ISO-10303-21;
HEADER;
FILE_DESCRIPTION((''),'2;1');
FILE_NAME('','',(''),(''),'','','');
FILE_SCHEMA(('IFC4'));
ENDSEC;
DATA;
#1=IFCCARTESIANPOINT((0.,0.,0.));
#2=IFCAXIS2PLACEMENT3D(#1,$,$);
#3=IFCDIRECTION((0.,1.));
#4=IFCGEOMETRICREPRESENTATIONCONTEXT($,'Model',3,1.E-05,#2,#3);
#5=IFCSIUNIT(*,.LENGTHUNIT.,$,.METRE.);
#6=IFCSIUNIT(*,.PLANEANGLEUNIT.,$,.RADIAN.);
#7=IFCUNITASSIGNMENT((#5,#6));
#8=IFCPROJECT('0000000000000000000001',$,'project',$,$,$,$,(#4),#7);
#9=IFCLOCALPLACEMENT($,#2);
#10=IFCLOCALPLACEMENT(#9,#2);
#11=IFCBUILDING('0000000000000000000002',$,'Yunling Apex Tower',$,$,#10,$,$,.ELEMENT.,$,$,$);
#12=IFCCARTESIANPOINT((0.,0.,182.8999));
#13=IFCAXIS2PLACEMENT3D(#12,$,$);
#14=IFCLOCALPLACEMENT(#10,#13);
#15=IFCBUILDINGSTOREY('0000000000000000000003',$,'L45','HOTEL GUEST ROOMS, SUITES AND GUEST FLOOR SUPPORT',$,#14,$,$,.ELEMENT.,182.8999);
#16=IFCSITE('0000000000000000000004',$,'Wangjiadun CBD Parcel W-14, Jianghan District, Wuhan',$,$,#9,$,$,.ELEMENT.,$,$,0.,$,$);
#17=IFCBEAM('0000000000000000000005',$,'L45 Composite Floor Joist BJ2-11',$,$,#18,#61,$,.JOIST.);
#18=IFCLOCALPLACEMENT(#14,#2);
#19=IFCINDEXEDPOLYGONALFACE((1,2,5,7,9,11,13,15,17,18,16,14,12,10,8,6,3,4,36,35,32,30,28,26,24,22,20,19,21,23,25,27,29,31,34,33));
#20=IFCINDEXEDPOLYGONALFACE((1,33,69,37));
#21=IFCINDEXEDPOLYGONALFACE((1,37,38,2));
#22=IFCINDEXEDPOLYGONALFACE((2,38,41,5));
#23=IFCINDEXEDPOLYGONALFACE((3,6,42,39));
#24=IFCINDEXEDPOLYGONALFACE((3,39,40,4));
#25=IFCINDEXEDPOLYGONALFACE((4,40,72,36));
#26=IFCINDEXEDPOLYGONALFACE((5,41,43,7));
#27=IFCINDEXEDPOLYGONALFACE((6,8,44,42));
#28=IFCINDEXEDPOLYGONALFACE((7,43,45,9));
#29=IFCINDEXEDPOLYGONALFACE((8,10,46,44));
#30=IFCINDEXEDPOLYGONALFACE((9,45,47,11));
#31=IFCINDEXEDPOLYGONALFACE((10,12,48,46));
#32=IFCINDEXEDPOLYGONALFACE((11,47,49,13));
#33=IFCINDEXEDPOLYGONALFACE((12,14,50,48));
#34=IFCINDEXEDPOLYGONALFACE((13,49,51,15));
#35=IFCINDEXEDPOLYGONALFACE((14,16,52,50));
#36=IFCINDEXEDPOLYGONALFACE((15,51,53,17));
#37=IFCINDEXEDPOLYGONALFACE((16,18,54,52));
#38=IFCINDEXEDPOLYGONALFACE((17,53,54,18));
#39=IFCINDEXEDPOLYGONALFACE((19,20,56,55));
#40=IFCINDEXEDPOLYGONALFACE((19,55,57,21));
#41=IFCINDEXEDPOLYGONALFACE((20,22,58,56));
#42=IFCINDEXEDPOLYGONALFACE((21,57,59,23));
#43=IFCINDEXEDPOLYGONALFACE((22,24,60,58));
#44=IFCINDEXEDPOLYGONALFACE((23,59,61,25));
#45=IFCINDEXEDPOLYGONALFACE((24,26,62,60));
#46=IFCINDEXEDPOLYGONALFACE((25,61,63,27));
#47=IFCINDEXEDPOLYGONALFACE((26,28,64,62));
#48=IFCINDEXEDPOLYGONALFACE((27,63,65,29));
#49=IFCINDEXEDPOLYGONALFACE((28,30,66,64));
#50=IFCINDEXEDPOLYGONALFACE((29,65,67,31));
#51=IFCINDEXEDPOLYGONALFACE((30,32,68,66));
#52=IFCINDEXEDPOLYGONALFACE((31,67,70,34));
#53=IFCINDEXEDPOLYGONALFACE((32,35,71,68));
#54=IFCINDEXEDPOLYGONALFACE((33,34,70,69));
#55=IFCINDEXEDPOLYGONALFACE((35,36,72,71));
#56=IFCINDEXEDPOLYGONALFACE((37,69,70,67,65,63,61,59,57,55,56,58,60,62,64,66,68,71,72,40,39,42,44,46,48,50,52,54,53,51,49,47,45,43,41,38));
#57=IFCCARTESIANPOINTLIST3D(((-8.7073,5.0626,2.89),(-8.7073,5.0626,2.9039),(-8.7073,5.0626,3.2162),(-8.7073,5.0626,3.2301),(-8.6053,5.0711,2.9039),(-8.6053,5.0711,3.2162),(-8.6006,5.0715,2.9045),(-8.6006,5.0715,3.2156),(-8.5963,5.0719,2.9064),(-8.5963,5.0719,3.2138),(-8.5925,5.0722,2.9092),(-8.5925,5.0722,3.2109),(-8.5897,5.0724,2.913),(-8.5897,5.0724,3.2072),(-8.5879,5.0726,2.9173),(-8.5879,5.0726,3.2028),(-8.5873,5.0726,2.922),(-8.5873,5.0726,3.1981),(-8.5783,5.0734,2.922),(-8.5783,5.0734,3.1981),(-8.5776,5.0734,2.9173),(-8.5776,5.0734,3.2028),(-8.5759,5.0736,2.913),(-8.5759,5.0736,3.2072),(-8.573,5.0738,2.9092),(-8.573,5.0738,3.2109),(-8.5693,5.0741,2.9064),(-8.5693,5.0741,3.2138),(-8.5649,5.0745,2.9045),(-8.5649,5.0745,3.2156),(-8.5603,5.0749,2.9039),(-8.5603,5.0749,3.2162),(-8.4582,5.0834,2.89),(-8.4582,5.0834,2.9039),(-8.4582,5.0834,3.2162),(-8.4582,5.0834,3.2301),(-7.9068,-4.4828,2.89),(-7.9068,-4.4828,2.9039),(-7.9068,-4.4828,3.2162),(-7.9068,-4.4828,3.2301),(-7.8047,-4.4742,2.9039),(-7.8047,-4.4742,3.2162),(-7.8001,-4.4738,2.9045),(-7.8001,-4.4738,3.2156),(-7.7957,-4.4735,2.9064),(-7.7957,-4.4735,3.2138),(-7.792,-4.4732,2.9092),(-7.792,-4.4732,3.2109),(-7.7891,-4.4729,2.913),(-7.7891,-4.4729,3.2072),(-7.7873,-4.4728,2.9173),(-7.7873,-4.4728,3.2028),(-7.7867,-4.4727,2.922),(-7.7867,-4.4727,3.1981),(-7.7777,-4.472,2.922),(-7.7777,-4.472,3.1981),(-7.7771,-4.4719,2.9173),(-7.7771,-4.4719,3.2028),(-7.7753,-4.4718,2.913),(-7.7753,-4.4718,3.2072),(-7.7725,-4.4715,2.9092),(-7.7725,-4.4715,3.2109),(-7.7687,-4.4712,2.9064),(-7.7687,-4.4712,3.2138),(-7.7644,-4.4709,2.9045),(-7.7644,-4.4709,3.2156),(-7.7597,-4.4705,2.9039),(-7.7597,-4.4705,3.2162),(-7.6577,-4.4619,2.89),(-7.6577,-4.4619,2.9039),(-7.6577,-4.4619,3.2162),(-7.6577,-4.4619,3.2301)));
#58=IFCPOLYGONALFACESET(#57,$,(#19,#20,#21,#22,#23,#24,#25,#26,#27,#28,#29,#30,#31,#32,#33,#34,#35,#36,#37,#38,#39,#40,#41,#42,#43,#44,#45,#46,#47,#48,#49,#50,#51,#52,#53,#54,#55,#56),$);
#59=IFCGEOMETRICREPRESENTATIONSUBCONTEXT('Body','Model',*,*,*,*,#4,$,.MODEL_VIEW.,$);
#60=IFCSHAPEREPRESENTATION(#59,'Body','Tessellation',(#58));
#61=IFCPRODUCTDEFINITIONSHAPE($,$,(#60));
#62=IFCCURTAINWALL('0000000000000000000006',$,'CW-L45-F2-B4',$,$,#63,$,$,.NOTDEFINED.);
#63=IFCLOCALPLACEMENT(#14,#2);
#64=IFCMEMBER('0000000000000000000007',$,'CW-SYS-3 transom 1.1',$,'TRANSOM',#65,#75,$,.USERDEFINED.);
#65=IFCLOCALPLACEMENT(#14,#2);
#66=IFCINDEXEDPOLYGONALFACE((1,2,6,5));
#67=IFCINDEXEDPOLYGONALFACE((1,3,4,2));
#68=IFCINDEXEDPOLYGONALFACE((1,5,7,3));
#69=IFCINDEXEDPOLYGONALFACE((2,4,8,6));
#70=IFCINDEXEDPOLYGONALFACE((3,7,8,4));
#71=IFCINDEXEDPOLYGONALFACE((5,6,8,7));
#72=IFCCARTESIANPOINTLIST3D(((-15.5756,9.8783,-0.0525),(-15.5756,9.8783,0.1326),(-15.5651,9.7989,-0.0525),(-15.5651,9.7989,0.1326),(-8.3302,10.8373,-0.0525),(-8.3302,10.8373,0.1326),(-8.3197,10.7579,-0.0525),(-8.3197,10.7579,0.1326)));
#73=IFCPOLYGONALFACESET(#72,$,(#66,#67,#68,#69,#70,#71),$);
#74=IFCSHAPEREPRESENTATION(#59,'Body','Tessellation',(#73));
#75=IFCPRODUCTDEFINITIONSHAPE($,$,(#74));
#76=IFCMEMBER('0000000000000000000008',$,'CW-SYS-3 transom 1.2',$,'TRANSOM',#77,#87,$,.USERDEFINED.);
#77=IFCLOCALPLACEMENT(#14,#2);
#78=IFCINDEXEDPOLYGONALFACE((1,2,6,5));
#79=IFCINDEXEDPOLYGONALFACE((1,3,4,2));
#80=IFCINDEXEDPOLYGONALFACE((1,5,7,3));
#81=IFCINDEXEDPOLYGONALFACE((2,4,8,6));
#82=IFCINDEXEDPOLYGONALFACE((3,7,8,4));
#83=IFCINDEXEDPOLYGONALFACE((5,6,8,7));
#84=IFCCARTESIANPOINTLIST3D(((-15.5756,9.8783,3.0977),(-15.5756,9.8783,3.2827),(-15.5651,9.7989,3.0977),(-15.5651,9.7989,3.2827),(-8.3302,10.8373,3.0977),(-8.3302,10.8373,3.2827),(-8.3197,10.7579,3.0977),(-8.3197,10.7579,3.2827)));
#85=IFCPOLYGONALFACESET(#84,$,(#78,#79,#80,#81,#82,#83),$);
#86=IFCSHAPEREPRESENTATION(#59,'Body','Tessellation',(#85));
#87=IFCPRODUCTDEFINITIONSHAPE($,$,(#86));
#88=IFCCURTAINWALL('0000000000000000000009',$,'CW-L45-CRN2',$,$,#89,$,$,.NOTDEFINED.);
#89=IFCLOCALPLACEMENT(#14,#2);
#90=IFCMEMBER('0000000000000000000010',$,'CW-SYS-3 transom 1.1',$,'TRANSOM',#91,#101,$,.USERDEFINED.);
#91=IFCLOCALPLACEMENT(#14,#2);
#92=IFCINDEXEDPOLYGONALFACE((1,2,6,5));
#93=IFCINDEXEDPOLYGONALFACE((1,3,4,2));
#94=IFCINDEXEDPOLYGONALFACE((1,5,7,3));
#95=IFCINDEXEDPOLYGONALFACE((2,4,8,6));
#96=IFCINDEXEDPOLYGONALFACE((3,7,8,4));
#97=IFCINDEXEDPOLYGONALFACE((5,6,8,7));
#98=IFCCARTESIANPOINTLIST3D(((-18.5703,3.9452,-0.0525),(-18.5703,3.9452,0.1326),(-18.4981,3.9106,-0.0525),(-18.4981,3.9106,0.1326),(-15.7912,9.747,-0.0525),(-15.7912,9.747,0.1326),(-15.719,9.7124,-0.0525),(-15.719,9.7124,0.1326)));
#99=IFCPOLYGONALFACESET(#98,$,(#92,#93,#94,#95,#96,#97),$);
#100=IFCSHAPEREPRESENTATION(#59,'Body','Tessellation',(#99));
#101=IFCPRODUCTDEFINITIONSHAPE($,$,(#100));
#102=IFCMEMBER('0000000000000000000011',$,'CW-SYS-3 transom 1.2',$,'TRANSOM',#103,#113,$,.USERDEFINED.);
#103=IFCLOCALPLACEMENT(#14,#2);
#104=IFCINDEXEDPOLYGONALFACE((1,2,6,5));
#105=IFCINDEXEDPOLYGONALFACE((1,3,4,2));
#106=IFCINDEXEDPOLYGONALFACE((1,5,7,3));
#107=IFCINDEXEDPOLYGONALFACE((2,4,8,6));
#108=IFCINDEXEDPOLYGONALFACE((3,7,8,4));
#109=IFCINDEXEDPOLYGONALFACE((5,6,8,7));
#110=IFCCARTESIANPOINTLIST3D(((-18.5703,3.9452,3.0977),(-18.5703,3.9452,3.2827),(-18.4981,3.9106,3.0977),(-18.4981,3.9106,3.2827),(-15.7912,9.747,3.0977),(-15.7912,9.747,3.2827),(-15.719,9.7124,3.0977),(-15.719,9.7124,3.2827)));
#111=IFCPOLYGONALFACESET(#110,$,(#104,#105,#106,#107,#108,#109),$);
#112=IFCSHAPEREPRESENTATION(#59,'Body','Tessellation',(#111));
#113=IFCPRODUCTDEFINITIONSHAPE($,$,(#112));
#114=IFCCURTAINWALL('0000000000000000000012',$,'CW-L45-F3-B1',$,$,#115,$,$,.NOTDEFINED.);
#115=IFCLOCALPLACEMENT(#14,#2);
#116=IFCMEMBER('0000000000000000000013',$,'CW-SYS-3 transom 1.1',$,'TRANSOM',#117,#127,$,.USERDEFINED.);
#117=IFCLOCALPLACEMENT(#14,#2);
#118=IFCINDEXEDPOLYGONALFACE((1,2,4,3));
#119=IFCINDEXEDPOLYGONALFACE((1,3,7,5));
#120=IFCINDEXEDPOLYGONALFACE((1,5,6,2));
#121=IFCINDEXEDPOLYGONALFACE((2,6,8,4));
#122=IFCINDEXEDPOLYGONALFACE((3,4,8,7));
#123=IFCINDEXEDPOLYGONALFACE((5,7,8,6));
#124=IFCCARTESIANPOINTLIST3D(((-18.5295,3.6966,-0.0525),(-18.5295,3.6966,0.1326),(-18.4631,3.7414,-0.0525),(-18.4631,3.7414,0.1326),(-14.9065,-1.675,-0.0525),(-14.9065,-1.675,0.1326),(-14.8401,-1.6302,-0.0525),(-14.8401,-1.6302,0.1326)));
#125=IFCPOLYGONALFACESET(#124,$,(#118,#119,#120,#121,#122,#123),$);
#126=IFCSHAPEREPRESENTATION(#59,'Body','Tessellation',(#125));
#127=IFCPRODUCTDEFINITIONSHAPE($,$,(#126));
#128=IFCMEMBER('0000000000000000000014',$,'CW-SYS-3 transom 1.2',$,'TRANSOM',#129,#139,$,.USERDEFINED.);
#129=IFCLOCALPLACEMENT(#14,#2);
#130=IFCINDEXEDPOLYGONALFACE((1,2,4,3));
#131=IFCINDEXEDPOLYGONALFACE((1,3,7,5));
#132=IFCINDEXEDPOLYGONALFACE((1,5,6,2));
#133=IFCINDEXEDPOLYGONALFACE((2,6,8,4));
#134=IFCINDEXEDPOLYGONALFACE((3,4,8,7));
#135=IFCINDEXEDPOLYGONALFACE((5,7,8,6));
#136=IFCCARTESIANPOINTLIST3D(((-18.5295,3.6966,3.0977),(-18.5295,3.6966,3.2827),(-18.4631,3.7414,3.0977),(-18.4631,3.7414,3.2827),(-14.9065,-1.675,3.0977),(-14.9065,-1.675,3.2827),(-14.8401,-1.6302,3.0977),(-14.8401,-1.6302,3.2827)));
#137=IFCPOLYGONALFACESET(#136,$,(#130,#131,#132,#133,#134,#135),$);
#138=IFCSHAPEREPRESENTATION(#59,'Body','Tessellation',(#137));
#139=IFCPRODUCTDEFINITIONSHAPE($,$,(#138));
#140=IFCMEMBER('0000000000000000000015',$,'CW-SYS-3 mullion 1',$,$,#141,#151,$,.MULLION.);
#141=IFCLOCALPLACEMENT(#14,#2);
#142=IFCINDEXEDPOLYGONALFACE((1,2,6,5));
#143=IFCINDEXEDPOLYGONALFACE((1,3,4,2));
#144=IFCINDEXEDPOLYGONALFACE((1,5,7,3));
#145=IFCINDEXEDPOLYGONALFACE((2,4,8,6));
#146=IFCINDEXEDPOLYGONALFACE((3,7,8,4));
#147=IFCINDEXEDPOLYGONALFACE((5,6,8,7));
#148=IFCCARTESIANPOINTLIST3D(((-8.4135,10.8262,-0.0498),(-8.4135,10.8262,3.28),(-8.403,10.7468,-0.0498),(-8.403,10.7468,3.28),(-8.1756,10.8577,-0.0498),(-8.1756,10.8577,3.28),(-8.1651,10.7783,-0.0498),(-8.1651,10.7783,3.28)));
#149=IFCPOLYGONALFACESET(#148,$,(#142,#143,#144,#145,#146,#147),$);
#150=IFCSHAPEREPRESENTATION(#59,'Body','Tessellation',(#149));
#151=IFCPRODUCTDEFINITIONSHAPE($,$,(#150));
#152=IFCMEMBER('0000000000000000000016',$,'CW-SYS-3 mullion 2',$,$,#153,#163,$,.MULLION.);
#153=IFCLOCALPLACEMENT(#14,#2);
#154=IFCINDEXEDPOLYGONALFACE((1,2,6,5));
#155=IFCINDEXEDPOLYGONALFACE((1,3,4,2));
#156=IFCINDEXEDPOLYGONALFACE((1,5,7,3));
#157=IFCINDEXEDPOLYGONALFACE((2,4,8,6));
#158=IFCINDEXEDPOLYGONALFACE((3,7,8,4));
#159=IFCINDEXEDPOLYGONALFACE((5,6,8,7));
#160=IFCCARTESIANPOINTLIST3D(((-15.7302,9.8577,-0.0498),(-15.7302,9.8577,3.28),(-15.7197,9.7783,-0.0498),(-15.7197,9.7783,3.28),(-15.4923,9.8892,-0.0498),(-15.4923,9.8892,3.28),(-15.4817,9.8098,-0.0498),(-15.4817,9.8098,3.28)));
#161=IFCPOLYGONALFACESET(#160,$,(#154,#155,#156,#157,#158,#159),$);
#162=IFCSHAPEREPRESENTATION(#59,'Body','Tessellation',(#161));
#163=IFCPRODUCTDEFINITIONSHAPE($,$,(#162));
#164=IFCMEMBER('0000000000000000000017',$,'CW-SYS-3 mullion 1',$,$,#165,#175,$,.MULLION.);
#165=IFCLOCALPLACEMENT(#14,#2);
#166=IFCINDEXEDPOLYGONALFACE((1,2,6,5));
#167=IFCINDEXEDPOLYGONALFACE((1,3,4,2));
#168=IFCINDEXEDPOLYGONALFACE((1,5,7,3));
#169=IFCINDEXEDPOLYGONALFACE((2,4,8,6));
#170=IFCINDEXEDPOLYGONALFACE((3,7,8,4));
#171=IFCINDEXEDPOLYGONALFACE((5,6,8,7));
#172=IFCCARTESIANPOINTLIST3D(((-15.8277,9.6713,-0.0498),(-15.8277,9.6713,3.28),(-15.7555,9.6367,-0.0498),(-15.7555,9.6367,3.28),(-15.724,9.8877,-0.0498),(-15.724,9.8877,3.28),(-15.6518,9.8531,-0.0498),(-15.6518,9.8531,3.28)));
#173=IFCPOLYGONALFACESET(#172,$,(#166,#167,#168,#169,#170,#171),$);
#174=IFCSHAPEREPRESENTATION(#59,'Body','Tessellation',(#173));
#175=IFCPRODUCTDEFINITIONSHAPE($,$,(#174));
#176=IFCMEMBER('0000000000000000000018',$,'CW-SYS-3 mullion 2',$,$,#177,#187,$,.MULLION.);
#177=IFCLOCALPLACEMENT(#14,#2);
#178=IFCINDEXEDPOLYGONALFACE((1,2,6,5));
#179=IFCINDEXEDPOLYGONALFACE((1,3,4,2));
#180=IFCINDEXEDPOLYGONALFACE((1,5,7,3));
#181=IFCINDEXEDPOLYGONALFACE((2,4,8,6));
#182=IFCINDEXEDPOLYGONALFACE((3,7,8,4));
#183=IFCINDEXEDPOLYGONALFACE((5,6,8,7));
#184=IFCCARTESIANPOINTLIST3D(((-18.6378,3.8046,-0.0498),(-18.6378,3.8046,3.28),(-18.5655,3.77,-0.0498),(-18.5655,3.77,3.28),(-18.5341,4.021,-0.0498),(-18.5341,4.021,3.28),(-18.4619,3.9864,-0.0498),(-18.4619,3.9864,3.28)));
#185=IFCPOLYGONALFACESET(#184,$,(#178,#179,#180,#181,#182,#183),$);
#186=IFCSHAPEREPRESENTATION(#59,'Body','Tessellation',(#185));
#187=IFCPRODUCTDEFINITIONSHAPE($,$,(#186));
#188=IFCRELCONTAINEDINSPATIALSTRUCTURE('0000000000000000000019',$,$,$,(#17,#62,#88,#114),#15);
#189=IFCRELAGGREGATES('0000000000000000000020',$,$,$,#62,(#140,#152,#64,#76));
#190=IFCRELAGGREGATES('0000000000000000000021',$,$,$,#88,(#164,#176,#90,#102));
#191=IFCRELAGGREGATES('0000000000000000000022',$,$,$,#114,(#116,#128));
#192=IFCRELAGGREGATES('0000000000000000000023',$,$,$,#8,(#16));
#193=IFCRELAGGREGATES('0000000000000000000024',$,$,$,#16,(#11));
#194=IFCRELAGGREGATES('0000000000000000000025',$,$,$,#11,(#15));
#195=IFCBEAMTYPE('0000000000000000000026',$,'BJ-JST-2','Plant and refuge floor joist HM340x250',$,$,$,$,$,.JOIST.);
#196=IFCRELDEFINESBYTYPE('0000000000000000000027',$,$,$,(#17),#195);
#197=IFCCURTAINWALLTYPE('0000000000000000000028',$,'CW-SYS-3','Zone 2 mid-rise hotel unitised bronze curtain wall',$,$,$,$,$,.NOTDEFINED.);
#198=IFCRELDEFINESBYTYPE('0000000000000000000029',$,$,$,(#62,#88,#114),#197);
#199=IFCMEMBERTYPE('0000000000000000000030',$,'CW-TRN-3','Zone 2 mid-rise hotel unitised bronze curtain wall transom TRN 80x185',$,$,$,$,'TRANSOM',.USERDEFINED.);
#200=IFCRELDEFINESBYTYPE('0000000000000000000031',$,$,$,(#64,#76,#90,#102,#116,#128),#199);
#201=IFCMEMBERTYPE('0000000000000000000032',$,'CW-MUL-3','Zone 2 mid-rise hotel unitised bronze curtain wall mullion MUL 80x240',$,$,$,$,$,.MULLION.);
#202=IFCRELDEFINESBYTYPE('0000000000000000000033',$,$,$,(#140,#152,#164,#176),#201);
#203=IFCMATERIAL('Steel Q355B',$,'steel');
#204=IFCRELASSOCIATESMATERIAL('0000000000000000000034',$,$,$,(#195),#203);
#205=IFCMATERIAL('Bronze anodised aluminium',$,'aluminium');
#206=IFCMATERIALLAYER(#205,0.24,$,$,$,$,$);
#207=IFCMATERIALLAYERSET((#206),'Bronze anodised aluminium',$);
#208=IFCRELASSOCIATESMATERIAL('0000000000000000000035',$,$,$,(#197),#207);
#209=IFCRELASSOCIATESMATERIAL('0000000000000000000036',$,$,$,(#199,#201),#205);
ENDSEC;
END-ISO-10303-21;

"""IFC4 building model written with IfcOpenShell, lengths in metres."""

from ifc_helpers import new_model, si_unit, direction, frame, origin, origin_2d, place, context, subcontext, project, spatial, rectangle, i_section, extrude, source, transform, mapped, material, layer, layer_set, material_profile, profile_set, type_object, element, aggregate, save


model = new_model("IFC4")

# Units and contexts
model_context = context("Model", 3, precision=1e-05, world=origin(), true_north=direction((0.0, 1.0)))
body_context = subcontext(model_context, "Body", "Model", "MODEL_VIEW")
ifc_project = project(units=[si_unit("LENGTHUNIT", "METRE"), si_unit("PLANEANGLEUNIT", "RADIAN")], contexts=[model_context])

# Site, building, storey
site_placement = place(None, origin())
site = spatial("IfcSite", under=ifc_project, at=site_placement, Name="Wangjiadun CBD Parcel W-14, Jianghan District, Wuhan", CompositionType="ELEMENT", RefElevation=0.0)
building_placement = place(site_placement, origin())
building = spatial("IfcBuilding", under=site, at=building_placement, Name="Yunling Apex Tower", CompositionType="ELEMENT")
storey_placement = place(building_placement, frame((0.0, 0.0, 182.8999)))
storey = spatial("IfcBuildingStorey", under=building, at=storey_placement, Name="L45", Description="HOTEL GUEST ROOMS, SUITES AND GUEST FLOOR SUPPORT", CompositionType="ELEMENT", Elevation=182.8999)

# Beam
ifc_material_1 = material(Name="Steel Q355B", Category="steel")
ifc_material_profile_1 = material_profile(ifc_material_1, i_section(OverallWidth=0.25, OverallDepth=0.3401, WebThickness=0.009, FlangeThickness=0.0139, FilletRadius=0.0181, at=origin_2d()))
ifc_profile_set_1 = profile_set([ifc_material_profile_1], Name="Steel Q355B")
beam_type_1 = type_object("IfcBeamType", Name="BJ-JST-2", Description="Plant and refuge floor joist HM340x250", PredefinedType="JOIST", material=ifc_profile_set_1)
shared_shape_1 = source(origin(), body_context, "Body", "SweptSolid", [
    extrude(i_section(OverallWidth=0.25, OverallDepth=0.3401, WebThickness=0.009, FlangeThickness=0.0139, FilletRadius=0.0181, at=origin_2d()), origin(), (0.0, 0.0, 1.0), 9.5789),
])
beam_1_placement = place(storey_placement, frame((-8.5828, 5.073, 3.0601), z_axis=(0.083573, -0.996502, 0.0), x_axis=(0.996502, 0.083573, 0.0)))
element("IfcBeam", 1, at=beam_1_placement, inside=storey, type_object=beam_type_1, Name="L45 Composite Floor Joist BJ2-11", PredefinedType="JOIST", context=body_context, shape_type="MappedRepresentation", body=[
    mapped(shared_shape_1, transform((0.0, 0.0, 0.0), scale=1.0)),
])

# Curtain walls, members
ifc_material_2 = material(Name="Bronze anodised aluminium", Category="aluminium")
ifc_layer_1 = layer(ifc_material_2, 0.24)
ifc_layer_set_1 = layer_set([ifc_layer_1], Name="Bronze anodised aluminium")
curtain_wall_type = type_object("IfcCurtainWallType", Name="CW-SYS-3", Description="Zone 2 mid-rise hotel unitised bronze curtain wall", PredefinedType="NOTDEFINED", material=ifc_layer_set_1)
curtain_wall_1_placement = place(storey_placement, origin())
curtain_wall_1 = element("IfcCurtainWall", 2, at=curtain_wall_1_placement, inside=storey, type_object=curtain_wall_type, Name="CW-L45-F2-B4", PredefinedType="NOTDEFINED")
ifc_material_profile_2 = material_profile(ifc_material_2, rectangle(XDim=0.0801, YDim=0.1851, at=origin_2d()))
ifc_profile_set_2 = profile_set([ifc_material_profile_2], Name="Bronze anodised aluminium")
member_type_1 = type_object("IfcMemberType", Name="CW-TRN-3", Description="Zone 2 mid-rise hotel unitised bronze curtain wall transom TRN 80x185", ElementType="TRANSOM", PredefinedType="USERDEFINED", material=ifc_profile_set_2)
shared_shape_2 = source(origin(), body_context, "Body", "SweptSolid", [
    extrude(rectangle(XDim=0.0801, YDim=0.1851, at=origin_2d()), origin(), (0.0, 0.0, 1.0), 7.3086),
])
member_1_placement = place(storey_placement, frame((-8.325, 10.7976, 0.04), z_axis=(-0.991354, -0.131214, 0.0), x_axis=(0.131214, -0.991354, 0.0)))
member_1 = element("IfcMember", 3, at=member_1_placement, type_object=member_type_1, Name="CW-SYS-3 transom 1.1", ObjectType="TRANSOM", PredefinedType="USERDEFINED", context=body_context, shape_type="MappedRepresentation", body=[
    mapped(shared_shape_2, transform((0.0, 0.0, 0.0), scale=1.0)),
])
member_2_placement = place(storey_placement, frame((-8.325, 10.7976, 3.1902), z_axis=(-0.991354, -0.131214, 0.0), x_axis=(0.131214, -0.991354, 0.0)))
member_2 = element("IfcMember", 4, at=member_2_placement, type_object=member_type_1, Name="CW-SYS-3 transom 1.2", ObjectType="TRANSOM", PredefinedType="USERDEFINED", context=body_context, shape_type="MappedRepresentation", body=[
    mapped(shared_shape_2, transform((0.0, 0.0, 0.0), scale=1.0)),
])
curtain_wall_2_placement = place(storey_placement, origin())
curtain_wall_2 = element("IfcCurtainWall", 5, at=curtain_wall_2_placement, inside=storey, type_object=curtain_wall_type, Name="CW-L45-CRN2", PredefinedType="NOTDEFINED")
shared_shape_3 = source(origin(), body_context, "Body", "SweptSolid", [
    extrude(rectangle(XDim=0.0801, YDim=0.1851, at=origin_2d()), origin(), (0.0, 0.0, 1.0), 6.4331),
])
member_3_placement = place(storey_placement, frame((-15.7551, 9.7297, 0.04), z_axis=(-0.431999, -0.901874, 0.0), x_axis=(0.901874, -0.431999, 0.0)))
member_3 = element("IfcMember", 6, at=member_3_placement, type_object=member_type_1, Name="CW-SYS-3 transom 1.1", ObjectType="TRANSOM", PredefinedType="USERDEFINED", context=body_context, shape_type="MappedRepresentation", body=[
    mapped(shared_shape_3, transform((0.0, 0.0, 0.0), scale=1.0)),
])
member_4_placement = place(storey_placement, frame((-15.7551, 9.7297, 3.1902), z_axis=(-0.431999, -0.901874, 0.0), x_axis=(0.901874, -0.431999, 0.0)))
member_4 = element("IfcMember", 7, at=member_4_placement, type_object=member_type_1, Name="CW-SYS-3 transom 1.2", ObjectType="TRANSOM", PredefinedType="USERDEFINED", context=body_context, shape_type="MappedRepresentation", body=[
    mapped(shared_shape_3, transform((0.0, 0.0, 0.0), scale=1.0)),
])
curtain_wall_3_placement = place(storey_placement, origin())
curtain_wall_3 = element("IfcCurtainWall", 8, at=curtain_wall_3_placement, inside=storey, type_object=curtain_wall_type, Name="CW-L45-F3-B1", PredefinedType="NOTDEFINED")
shared_shape_4 = source(origin(), body_context, "Body", "SweptSolid", [
    extrude(rectangle(XDim=0.0801, YDim=0.1851, at=origin_2d()), origin(), (0.0, 0.0, 1.0), 6.4792),
])
member_5_placement = place(storey_placement, frame((-18.4963, 3.719, 0.04), z_axis=(0.559179, -0.829047, 0.0), x_axis=(0.829047, 0.559179, 0.0)))
member_5 = element("IfcMember", 9, at=member_5_placement, type_object=member_type_1, Name="CW-SYS-3 transom 1.1", ObjectType="TRANSOM", PredefinedType="USERDEFINED", context=body_context, shape_type="MappedRepresentation", body=[
    mapped(shared_shape_4, transform((0.0, 0.0, 0.0), scale=1.0)),
])
member_6_placement = place(storey_placement, frame((-18.4963, 3.719, 3.1902), z_axis=(0.559179, -0.829047, 0.0), x_axis=(0.829047, 0.559179, 0.0)))
member_6 = element("IfcMember", 10, at=member_6_placement, type_object=member_type_1, Name="CW-SYS-3 transom 1.2", ObjectType="TRANSOM", PredefinedType="USERDEFINED", context=body_context, shape_type="MappedRepresentation", body=[
    mapped(shared_shape_4, transform((0.0, 0.0, 0.0), scale=1.0)),
])

# Members
ifc_material_profile_3 = material_profile(ifc_material_2, rectangle(XDim=0.0801, YDim=0.24, at=origin_2d()))
ifc_profile_set_3 = profile_set([ifc_material_profile_3], Name="Bronze anodised aluminium")
member_type_2 = type_object("IfcMemberType", Name="CW-MUL-3", Description="Zone 2 mid-rise hotel unitised bronze curtain wall mullion MUL 80x240", PredefinedType="MULLION", material=ifc_profile_set_3)
shared_shape_5 = source(origin(), body_context, "Body", "SweptSolid", [
    extrude(rectangle(XDim=0.0801, YDim=0.24, at=origin_2d()), origin(), (0.0, 0.0, 1.0), 3.3298),
])
member_7_placement = place(storey_placement, frame((-8.2893, 10.8022, -0.0498), z_axis=(0.0, 0.0, 1.0), x_axis=(0.131222, -0.991353, 0.0)))
member_7 = element("IfcMember", 11, at=member_7_placement, type_object=member_type_2, Name="CW-SYS-3 mullion 1", PredefinedType="MULLION", context=body_context, shape_type="MappedRepresentation", body=[
    mapped(shared_shape_5, transform((0.0, 0.0, 0.0), scale=1.0)),
])
member_8_placement = place(storey_placement, frame((-15.606, 9.8337, -0.0498), z_axis=(0.0, 0.0, 1.0), x_axis=(0.131222, -0.991353, 0.0)))
member_8 = element("IfcMember", 12, at=member_8_placement, type_object=member_type_2, Name="CW-SYS-3 mullion 2", PredefinedType="MULLION", context=body_context, shape_type="MappedRepresentation", body=[
    mapped(shared_shape_5, transform((0.0, 0.0, 0.0), scale=1.0)),
])
member_9_placement = place(storey_placement, frame((-15.7397, 9.7622, -0.0498), z_axis=(0.0, 0.0, 1.0), x_axis=(0.901877, -0.431994, 0.0)))
member_9 = element("IfcMember", 13, at=member_9_placement, type_object=member_type_2, Name="CW-SYS-3 mullion 1", PredefinedType="MULLION", context=body_context, shape_type="MappedRepresentation", body=[
    mapped(shared_shape_5, transform((0.0, 0.0, 0.0), scale=1.0)),
])
member_10_placement = place(storey_placement, frame((-18.5498, 3.8955, -0.0498), z_axis=(0.0, 0.0, 1.0), x_axis=(0.901877, -0.431994, 0.0)))
member_10 = element("IfcMember", 14, at=member_10_placement, type_object=member_type_2, Name="CW-SYS-3 mullion 2", PredefinedType="MULLION", context=body_context, shape_type="MappedRepresentation", body=[
    mapped(shared_shape_5, transform((0.0, 0.0, 0.0), scale=1.0)),
])

aggregate(curtain_wall_1, [member_7, member_8, member_1, member_2])
aggregate(curtain_wall_2, [member_9, member_10, member_3, member_4])
aggregate(curtain_wall_3, [member_5, member_6])

save(model, "model.ifc")
